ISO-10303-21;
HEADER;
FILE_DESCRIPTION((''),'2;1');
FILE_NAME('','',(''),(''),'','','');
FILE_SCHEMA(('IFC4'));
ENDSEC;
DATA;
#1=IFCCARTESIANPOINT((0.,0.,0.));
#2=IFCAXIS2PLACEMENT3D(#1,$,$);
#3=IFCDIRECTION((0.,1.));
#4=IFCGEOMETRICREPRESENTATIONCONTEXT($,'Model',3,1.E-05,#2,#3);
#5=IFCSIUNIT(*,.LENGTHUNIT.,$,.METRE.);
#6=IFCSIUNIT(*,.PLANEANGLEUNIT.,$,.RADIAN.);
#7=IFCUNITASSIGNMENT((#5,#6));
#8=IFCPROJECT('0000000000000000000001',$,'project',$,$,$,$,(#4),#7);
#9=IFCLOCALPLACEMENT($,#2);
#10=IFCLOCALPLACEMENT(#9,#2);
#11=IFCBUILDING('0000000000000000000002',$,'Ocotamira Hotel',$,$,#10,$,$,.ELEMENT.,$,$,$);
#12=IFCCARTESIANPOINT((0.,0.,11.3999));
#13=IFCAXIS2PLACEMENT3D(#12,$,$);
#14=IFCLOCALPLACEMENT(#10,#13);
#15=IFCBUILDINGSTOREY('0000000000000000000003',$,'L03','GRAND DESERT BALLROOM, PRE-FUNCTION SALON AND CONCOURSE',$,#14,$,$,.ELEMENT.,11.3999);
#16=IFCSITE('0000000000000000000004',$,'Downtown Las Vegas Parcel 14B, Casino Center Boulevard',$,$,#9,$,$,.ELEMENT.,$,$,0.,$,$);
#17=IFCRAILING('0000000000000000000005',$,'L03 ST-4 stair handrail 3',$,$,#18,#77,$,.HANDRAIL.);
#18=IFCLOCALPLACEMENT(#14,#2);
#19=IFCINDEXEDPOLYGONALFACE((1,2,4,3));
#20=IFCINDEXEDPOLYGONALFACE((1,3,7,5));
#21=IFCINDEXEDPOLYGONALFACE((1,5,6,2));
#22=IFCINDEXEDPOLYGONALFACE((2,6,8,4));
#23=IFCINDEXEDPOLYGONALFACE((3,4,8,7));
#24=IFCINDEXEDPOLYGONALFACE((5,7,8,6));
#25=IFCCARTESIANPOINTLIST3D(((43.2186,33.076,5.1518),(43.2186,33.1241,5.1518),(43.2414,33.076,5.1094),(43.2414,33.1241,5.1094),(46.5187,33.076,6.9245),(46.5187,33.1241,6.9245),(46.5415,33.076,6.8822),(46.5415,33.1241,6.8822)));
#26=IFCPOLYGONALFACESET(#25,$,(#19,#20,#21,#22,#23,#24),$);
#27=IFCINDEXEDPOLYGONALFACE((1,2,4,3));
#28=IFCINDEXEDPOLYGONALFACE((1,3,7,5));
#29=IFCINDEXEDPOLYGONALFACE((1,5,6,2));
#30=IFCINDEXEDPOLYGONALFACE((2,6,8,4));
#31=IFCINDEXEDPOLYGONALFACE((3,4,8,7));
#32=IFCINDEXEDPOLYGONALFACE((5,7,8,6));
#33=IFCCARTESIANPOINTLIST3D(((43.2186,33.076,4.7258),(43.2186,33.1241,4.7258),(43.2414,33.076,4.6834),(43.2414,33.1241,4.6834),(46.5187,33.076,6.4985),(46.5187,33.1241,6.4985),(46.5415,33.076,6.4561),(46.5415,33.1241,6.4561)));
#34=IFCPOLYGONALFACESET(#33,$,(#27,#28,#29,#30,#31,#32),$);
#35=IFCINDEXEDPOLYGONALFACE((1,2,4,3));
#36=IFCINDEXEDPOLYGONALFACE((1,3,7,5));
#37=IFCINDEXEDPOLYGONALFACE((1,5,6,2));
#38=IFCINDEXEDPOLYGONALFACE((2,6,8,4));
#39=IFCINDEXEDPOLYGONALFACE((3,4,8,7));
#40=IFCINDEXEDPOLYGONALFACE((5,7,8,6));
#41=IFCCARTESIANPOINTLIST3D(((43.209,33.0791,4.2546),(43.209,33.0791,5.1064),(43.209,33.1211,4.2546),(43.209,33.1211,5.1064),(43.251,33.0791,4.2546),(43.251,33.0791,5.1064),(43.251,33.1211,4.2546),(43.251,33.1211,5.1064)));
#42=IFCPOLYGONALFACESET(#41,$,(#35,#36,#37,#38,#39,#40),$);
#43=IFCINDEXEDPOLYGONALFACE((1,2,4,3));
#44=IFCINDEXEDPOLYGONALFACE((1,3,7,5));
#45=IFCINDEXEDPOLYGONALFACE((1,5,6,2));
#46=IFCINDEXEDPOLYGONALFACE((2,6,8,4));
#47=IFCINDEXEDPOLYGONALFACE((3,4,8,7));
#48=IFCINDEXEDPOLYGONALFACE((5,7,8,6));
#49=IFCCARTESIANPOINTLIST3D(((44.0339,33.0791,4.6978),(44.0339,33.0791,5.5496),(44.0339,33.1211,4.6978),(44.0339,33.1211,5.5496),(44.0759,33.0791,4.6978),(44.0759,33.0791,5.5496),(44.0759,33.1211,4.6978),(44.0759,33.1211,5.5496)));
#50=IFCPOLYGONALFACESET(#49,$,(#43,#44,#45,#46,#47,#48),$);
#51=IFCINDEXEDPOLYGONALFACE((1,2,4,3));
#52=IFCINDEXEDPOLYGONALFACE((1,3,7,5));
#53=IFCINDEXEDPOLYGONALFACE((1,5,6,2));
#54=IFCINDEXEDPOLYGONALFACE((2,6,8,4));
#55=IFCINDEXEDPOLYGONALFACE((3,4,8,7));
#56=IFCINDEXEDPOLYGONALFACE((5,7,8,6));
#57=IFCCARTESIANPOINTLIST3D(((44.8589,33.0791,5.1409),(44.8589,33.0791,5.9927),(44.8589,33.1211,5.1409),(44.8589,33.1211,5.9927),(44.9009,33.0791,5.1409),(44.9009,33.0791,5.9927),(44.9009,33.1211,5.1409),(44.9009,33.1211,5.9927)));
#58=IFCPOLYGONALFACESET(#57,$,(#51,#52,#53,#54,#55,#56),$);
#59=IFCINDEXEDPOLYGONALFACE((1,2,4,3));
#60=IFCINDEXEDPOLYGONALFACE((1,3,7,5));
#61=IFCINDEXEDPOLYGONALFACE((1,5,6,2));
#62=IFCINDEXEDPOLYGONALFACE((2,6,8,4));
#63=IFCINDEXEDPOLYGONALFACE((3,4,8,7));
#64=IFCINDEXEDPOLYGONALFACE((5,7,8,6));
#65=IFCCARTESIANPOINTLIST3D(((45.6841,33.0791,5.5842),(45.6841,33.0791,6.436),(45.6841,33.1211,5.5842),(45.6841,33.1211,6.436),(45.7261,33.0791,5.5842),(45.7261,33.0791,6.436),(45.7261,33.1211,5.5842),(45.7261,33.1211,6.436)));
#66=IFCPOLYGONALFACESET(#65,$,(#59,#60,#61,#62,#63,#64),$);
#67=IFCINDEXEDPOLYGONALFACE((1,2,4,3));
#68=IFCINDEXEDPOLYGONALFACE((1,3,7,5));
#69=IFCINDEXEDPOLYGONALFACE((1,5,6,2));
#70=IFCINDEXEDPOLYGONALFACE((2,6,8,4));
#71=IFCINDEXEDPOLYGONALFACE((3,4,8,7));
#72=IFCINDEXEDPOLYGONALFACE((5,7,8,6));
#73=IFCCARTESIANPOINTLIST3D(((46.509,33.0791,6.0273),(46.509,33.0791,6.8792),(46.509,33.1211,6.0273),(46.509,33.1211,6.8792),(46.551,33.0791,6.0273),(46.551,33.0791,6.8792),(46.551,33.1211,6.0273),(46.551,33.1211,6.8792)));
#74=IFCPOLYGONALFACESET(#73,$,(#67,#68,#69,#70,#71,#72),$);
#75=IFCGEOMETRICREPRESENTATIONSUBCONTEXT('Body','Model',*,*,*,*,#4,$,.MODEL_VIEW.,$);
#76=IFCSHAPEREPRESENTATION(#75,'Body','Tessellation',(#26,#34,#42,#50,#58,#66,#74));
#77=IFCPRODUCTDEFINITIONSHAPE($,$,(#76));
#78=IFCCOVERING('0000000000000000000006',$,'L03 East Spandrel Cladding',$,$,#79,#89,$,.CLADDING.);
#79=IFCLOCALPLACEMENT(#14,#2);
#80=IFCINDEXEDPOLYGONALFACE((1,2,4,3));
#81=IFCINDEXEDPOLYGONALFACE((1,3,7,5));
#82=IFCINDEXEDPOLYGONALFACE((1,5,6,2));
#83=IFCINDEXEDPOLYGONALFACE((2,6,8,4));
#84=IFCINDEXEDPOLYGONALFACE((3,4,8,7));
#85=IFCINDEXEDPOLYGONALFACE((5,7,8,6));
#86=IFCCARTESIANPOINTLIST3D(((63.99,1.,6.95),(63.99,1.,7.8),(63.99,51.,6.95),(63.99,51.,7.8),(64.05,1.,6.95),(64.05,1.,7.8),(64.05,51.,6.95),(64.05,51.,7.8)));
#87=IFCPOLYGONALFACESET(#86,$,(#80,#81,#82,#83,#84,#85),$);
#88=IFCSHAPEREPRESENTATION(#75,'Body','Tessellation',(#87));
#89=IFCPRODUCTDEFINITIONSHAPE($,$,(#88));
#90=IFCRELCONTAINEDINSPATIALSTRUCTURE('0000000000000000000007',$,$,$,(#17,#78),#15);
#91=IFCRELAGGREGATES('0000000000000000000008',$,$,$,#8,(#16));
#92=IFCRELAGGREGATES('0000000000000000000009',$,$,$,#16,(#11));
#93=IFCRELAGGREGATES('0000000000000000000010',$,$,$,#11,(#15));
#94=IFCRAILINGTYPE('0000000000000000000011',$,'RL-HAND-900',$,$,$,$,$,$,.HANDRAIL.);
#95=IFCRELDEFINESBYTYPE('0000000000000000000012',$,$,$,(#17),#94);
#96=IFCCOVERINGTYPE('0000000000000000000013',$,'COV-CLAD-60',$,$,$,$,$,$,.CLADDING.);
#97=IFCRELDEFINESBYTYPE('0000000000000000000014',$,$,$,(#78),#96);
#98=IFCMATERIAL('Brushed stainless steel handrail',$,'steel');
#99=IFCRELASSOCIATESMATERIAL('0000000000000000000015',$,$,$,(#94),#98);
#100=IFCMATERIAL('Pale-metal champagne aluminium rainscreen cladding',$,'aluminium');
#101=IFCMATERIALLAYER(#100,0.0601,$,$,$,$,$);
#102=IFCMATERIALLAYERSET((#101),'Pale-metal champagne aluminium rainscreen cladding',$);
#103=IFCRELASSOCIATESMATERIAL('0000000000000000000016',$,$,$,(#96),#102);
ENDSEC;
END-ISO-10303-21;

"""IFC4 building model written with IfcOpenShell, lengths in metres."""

from ifc_helpers import new_model, si_unit, direction, frame, origin, origin_2d, place, context, subcontext, project, spatial, rectangle, extrude, source, transform, mapped, material, layer, layer_set, type_object, element, save


model = new_model("IFC4")

# Units and contexts
model_context = context("Model", 3, precision=1e-05, world=origin(), true_north=direction((0.0, 1.0)))
body_context = subcontext(model_context, "Body", "Model", "MODEL_VIEW")
ifc_project = project(units=[si_unit("LENGTHUNIT", "METRE"), si_unit("PLANEANGLEUNIT", "RADIAN")], contexts=[model_context])

# Site, building, storey
site_placement = place(None, origin())
site = spatial("IfcSite", under=ifc_project, at=site_placement, Name="Downtown Las Vegas Parcel 14B, Casino Center Boulevard", CompositionType="ELEMENT", RefElevation=0.0)
building_placement = place(site_placement, origin())
building = spatial("IfcBuilding", under=site, at=building_placement, Name="Ocotamira Hotel", CompositionType="ELEMENT")
storey_placement = place(building_placement, frame((0.0, 0.0, 11.3999)))
storey = spatial("IfcBuildingStorey", under=building, at=storey_placement, Name="L03", Description="GRAND DESERT BALLROOM, PRE-FUNCTION SALON AND CONCOURSE", CompositionType="ELEMENT", Elevation=11.3999)

# Railing
ifc_material_1 = material(Name="Brushed stainless steel handrail", Category="steel")
railing_type = type_object("IfcRailingType", Name="RL-HAND-900", PredefinedType="HANDRAIL", material=ifc_material_1)
for number, where, name in (
    (1, (43.23, 33.1001, 4.2546), "L03 ST-4 stair handrail 3"),
):
    element("IfcRailing", number, at=place(storey_placement, frame(where)), inside=storey, type_object=railing_type, Name=name, PredefinedType="HANDRAIL", context=body_context, shape_type="SweptSolid", body=[
        extrude(rectangle(XDim=0.0481, YDim=0.0481, at=origin_2d()), frame((0.0, 0.0, 0.876), z_axis=(0.880944, 0.0, 0.473221), x_axis=(0.0, 1.0, 0.0)), (0.0, 0.0, 1.0), 3.7461),
        extrude(rectangle(XDim=0.0481, YDim=0.0481, at=origin_2d()), frame((0.0, 0.0, 0.45), z_axis=(0.880944, 0.0, 0.473221), x_axis=(0.0, 1.0, 0.0)), (0.0, 0.0, 1.0), 3.7461),
        extrude(rectangle(XDim=0.042, YDim=0.042, at=origin_2d()), origin(), (0.0, 0.0, 1.0), 0.8518),
        extrude(rectangle(XDim=0.042, YDim=0.042, at=origin_2d()), frame((0.825, 0.0, 0.4431)), (0.0, 0.0, 1.0), 0.8518),
        extrude(rectangle(XDim=0.042, YDim=0.042, at=origin_2d()), frame((1.6499, 0.0, 0.8862)), (0.0, 0.0, 1.0), 0.8518),
        extrude(rectangle(XDim=0.042, YDim=0.042, at=origin_2d()), frame((2.4751, 0.0, 1.3296)), (0.0, 0.0, 1.0), 0.8518),
        extrude(rectangle(XDim=0.042, YDim=0.042, at=origin_2d()), frame((3.3, 0.0, 1.7727)), (0.0, 0.0, 1.0), 0.8518),
    ])

# Covering
ifc_material_2 = material(Name="Pale-metal champagne aluminium rainscreen cladding", Category="aluminium")
ifc_layer_1 = layer(ifc_material_2, 0.0601)
ifc_layer_set_1 = layer_set([ifc_layer_1], Name="Pale-metal champagne aluminium rainscreen cladding")
covering_type = type_object("IfcCoveringType", Name="COV-CLAD-60", PredefinedType="CLADDING", material=ifc_layer_set_1)
shared_shape_1 = source(origin(), body_context, "Body", "SweptSolid", [
    extrude(rectangle(XDim=0.0601, YDim=50.0, at=origin_2d()), origin(), (0.0, 0.0, 1.0), 0.8501),
])
covering_placement = place(storey_placement, frame((64.02, 26.0, 6.95), z_axis=(0.0, 0.0, 1.0), x_axis=(1.0, 0.0, 0.0)))
element("IfcCovering", 2, at=covering_placement, inside=storey, type_object=covering_type, Name="L03 East Spandrel Cladding", PredefinedType="CLADDING", context=body_context, shape_type="MappedRepresentation", body=[
    mapped(shared_shape_1, transform((0.0, 0.0, 0.0), scale=1.0)),
])

save(model, "model.ifc")
